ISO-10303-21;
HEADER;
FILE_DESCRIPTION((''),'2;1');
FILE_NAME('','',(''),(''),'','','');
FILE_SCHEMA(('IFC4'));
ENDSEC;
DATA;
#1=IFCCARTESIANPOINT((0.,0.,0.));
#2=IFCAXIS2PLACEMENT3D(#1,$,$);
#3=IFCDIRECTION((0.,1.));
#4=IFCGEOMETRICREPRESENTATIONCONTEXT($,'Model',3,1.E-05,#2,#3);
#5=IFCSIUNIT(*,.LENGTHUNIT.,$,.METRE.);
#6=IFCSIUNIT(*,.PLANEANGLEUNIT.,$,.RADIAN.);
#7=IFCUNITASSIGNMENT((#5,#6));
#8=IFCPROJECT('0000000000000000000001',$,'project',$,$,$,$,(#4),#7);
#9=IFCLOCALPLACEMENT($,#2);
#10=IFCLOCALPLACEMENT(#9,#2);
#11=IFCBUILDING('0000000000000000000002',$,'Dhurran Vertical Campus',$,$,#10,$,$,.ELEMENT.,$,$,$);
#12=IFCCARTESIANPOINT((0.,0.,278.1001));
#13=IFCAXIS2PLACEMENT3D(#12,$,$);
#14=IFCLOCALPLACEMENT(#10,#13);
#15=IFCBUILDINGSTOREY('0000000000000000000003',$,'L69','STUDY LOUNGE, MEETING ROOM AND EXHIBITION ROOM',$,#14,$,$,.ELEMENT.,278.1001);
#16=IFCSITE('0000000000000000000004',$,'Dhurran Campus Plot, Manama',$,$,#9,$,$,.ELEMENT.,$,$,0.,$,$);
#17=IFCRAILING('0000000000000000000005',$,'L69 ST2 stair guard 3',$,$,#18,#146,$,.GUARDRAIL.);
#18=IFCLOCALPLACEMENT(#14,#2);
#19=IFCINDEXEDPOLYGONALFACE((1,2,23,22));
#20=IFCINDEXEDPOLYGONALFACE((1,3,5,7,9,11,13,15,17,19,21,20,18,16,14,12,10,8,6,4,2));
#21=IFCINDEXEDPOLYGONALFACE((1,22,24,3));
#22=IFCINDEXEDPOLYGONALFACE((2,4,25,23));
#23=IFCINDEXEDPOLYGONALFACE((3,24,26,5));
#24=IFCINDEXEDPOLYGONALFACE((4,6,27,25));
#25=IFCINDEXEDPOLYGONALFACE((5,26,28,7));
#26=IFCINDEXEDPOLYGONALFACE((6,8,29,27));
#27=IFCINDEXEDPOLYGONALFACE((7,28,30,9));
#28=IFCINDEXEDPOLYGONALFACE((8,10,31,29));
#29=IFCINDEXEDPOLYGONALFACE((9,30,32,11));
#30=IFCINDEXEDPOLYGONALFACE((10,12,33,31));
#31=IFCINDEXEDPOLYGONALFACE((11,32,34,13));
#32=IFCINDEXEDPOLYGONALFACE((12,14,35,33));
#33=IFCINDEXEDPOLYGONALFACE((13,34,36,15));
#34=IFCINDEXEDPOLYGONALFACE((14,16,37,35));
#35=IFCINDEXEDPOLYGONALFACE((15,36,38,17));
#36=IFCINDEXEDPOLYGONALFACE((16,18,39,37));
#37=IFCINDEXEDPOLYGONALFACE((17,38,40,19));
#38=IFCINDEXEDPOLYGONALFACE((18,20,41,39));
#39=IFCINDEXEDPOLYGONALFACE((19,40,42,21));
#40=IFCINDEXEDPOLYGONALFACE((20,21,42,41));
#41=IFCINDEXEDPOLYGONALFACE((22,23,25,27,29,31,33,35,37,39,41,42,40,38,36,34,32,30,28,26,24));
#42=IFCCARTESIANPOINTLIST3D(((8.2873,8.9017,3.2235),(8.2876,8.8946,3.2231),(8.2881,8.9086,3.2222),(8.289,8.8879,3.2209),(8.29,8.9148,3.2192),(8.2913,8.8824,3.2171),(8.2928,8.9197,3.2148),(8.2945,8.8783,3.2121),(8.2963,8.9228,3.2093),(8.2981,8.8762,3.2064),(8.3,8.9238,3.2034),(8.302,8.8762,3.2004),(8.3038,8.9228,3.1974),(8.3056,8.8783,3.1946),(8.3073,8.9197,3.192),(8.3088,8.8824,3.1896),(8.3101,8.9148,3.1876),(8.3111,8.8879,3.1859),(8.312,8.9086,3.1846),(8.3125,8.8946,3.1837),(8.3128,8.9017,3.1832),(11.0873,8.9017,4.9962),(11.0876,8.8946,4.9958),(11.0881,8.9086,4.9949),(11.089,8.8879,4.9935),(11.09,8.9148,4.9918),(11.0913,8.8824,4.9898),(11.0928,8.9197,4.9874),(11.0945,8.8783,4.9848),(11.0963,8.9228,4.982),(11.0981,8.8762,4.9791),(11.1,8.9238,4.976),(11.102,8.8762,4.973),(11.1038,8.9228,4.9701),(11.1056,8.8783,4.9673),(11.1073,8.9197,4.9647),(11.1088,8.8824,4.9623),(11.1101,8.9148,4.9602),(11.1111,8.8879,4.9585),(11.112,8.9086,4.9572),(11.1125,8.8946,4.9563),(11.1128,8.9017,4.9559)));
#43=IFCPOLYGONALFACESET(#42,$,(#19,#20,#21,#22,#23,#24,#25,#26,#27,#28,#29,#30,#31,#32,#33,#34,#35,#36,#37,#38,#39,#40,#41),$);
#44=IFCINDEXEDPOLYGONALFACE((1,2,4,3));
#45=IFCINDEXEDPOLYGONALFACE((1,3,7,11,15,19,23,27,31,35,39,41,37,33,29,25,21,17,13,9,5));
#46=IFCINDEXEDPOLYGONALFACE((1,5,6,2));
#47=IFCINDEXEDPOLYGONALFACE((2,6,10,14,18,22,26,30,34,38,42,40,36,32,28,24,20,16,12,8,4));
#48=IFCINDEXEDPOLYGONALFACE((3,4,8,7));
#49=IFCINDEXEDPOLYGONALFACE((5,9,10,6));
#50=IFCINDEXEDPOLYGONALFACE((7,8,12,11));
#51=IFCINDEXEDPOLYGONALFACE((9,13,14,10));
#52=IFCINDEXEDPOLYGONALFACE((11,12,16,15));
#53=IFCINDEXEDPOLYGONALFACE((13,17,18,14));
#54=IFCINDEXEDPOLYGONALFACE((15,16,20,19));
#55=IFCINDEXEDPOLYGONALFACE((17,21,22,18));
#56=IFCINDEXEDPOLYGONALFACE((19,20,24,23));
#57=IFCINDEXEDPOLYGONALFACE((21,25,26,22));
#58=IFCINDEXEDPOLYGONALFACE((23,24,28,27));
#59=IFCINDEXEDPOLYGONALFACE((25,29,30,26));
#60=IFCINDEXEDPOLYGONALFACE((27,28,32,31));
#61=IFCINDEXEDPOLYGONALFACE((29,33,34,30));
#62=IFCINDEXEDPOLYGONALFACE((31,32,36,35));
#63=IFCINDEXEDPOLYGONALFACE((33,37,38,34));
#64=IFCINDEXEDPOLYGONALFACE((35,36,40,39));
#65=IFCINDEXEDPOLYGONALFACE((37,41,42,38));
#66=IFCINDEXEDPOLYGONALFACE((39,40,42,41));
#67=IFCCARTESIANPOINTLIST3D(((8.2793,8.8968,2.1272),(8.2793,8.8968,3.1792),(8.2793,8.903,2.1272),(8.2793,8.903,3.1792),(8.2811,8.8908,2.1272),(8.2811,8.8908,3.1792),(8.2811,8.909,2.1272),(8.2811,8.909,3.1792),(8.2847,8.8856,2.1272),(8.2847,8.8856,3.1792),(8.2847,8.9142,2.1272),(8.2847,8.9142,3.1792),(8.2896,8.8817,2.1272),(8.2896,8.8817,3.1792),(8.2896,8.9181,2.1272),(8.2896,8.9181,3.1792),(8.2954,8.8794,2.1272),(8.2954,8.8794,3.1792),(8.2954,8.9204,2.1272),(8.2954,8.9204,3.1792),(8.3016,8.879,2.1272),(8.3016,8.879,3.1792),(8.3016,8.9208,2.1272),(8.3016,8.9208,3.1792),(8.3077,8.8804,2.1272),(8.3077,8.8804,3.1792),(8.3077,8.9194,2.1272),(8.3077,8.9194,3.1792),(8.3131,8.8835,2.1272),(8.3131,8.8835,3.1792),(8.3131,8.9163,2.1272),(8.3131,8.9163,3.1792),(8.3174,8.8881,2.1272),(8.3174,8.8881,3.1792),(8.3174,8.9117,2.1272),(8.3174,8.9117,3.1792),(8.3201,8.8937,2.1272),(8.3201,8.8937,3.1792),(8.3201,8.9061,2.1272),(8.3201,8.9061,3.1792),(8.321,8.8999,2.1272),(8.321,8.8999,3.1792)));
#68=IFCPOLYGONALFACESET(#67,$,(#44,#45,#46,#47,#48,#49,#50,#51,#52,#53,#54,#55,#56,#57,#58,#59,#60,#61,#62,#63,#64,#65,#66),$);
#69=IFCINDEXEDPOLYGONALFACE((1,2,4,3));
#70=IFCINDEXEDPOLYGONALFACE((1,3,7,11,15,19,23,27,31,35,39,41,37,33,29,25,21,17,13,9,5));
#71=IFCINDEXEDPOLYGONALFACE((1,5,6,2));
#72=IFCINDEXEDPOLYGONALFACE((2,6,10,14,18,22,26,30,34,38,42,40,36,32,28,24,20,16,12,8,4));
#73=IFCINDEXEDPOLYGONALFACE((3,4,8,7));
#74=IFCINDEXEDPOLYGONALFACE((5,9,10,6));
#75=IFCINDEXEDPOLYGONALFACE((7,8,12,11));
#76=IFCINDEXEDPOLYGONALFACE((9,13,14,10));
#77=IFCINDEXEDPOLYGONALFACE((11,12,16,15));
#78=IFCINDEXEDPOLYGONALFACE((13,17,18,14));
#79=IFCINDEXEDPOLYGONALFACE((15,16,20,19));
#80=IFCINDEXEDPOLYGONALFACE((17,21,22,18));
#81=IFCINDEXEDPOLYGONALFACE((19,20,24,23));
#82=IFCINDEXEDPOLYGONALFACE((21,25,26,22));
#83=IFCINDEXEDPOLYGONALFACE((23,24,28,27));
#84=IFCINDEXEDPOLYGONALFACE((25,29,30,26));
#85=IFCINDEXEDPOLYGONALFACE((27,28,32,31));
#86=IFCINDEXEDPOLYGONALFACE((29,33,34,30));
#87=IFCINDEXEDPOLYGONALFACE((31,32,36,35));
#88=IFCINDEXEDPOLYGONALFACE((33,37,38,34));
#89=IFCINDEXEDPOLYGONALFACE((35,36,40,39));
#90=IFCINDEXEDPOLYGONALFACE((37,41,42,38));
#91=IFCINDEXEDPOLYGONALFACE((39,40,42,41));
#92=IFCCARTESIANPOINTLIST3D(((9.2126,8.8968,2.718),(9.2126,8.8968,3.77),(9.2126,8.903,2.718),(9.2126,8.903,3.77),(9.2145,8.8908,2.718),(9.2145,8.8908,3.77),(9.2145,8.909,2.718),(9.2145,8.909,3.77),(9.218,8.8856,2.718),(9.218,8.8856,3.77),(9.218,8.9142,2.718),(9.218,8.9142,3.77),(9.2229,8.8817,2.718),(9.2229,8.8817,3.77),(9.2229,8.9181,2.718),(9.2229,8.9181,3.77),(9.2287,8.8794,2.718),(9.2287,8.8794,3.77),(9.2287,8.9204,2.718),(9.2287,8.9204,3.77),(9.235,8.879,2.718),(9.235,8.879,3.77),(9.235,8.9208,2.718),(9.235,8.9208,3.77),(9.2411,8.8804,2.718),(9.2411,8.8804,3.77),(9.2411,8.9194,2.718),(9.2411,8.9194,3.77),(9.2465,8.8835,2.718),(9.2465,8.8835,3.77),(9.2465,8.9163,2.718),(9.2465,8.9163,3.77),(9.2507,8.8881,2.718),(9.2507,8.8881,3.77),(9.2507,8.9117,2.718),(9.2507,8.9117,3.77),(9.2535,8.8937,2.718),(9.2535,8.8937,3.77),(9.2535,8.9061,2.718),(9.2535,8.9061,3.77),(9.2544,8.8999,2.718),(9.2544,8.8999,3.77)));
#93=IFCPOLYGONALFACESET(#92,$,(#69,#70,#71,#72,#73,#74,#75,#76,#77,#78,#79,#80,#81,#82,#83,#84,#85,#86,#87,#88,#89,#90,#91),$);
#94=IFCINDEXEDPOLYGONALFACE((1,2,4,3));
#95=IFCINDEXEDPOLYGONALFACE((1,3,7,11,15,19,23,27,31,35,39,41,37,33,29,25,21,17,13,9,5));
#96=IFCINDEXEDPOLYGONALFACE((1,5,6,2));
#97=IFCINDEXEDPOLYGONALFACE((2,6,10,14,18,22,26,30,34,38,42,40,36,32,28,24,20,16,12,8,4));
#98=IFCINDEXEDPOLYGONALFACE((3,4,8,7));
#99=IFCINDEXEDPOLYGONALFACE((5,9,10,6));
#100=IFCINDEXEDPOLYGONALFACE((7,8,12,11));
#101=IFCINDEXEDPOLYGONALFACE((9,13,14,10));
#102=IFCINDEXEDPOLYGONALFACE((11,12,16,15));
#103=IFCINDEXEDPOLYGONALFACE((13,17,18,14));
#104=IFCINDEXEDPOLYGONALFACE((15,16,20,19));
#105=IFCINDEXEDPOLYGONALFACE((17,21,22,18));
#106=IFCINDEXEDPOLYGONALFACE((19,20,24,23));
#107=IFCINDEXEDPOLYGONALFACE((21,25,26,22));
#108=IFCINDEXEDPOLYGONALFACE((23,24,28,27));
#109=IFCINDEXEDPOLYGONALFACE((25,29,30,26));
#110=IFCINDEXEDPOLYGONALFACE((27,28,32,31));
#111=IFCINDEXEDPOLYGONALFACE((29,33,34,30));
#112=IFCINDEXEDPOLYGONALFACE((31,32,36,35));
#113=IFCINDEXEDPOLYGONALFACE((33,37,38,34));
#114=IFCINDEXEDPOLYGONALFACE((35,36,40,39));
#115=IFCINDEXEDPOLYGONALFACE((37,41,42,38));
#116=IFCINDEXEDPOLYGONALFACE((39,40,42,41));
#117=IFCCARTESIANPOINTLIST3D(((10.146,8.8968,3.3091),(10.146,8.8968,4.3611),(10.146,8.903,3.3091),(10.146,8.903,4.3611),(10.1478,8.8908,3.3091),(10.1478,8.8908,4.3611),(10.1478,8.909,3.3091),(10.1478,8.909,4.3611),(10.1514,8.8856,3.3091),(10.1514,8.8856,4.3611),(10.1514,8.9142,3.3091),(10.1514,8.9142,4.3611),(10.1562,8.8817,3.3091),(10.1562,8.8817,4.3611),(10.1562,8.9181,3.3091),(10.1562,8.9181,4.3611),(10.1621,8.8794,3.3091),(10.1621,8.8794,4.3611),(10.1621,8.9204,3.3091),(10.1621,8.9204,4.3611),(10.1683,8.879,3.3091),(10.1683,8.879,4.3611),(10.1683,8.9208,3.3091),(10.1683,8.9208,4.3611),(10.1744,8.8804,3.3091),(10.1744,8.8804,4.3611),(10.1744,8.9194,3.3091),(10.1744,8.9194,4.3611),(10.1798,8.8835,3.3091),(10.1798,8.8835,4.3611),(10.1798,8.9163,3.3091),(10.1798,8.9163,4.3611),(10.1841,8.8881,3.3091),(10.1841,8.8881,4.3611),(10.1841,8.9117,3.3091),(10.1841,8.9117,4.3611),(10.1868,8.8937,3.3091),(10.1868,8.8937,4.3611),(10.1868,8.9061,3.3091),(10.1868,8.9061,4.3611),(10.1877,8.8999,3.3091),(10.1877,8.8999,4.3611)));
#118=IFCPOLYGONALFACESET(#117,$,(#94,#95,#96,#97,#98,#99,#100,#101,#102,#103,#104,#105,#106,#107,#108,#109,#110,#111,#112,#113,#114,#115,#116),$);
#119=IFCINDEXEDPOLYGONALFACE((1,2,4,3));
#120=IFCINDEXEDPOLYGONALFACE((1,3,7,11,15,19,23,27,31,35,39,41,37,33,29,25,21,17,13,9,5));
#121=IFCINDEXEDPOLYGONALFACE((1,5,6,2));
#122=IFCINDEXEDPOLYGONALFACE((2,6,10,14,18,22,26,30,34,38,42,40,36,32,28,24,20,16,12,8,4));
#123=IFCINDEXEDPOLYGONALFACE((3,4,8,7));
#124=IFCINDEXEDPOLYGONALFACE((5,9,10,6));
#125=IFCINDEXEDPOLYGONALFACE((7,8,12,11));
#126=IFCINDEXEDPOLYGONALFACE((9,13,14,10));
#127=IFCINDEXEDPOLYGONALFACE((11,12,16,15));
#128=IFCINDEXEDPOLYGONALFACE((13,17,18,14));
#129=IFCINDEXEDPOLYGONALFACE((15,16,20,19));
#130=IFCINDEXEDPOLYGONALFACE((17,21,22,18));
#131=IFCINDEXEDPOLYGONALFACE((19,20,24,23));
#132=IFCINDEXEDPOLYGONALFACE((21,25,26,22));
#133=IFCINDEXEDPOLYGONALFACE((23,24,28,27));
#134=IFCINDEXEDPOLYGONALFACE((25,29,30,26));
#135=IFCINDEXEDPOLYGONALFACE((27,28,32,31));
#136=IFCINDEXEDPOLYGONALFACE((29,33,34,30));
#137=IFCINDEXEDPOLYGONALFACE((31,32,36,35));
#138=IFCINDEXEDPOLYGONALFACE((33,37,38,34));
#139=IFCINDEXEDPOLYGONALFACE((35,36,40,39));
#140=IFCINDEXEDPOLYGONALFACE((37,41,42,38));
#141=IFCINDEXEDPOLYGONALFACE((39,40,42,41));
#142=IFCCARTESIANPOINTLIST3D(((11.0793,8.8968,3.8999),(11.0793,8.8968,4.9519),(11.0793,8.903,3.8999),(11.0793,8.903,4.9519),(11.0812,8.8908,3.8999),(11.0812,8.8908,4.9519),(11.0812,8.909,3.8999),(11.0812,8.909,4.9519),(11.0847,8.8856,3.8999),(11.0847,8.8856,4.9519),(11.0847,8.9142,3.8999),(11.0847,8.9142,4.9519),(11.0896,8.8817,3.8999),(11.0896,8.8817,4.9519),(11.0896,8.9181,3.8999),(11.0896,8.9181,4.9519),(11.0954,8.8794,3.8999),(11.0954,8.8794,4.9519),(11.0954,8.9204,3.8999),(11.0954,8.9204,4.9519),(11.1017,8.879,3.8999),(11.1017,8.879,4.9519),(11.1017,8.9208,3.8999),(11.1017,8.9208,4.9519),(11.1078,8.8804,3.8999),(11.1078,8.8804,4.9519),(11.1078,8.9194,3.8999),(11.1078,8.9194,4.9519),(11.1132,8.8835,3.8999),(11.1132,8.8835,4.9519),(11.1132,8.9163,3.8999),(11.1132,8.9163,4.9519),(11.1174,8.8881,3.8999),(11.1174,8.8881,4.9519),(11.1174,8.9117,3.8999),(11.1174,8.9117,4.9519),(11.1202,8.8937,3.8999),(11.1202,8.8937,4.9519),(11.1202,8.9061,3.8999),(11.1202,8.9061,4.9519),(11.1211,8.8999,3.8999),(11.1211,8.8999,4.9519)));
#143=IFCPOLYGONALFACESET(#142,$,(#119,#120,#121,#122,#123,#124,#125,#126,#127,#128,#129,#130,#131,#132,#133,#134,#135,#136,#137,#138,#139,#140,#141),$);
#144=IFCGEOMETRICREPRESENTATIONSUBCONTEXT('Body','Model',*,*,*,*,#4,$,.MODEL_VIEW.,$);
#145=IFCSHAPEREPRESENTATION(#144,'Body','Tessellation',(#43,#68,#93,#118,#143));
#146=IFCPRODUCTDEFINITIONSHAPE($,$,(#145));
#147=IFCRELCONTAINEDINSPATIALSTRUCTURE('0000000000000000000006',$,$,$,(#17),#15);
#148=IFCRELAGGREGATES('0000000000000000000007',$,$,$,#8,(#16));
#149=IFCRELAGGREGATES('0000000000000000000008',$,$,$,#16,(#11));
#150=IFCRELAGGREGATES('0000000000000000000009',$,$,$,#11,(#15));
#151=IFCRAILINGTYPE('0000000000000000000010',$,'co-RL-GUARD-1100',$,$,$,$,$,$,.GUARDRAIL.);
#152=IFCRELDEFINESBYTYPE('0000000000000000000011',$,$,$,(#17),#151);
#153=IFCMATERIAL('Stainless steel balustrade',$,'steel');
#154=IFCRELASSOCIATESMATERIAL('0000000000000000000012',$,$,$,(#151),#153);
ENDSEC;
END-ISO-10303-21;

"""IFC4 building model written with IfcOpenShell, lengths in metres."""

from ifc_helpers import new_model, si_unit, direction, frame, origin, origin_2d, place, context, subcontext, project, spatial, circle, extrude, material, type_object, element, save


model = new_model("IFC4")

# Units and contexts
model_context = context("Model", 3, precision=1e-05, world=origin(), true_north=direction((0.0, 1.0)))
body_context = subcontext(model_context, "Body", "Model", "MODEL_VIEW")
ifc_project = project(units=[si_unit("LENGTHUNIT", "METRE"), si_unit("PLANEANGLEUNIT", "RADIAN")], contexts=[model_context])

# Site, building, storey
site_placement = place(None, origin())
site = spatial("IfcSite", under=ifc_project, at=site_placement, Name="Dhurran Campus Plot, Manama", CompositionType="ELEMENT", RefElevation=0.0)
building_placement = place(site_placement, origin())
building = spatial("IfcBuilding", under=site, at=building_placement, Name="Dhurran Vertical Campus", CompositionType="ELEMENT")
storey_placement = place(building_placement, frame((0.0, 0.0, 278.1001)))
storey = spatial("IfcBuildingStorey", under=building, at=storey_placement, Name="L69", Description="STUDY LOUNGE, MEETING ROOM AND EXHIBITION ROOM", CompositionType="ELEMENT", Elevation=278.1001)

# Railing
ifc_material_1 = material(Name="Stainless steel balustrade", Category="steel")
railing_type_1 = type_object("IfcRailingType", Name="co-RL-GUARD-1100", PredefinedType="GUARDRAIL", material=ifc_material_1)
railing_1_placement = place(storey_placement, frame((8.3, 8.8999, 2.1272)))
element("IfcRailing", 1, at=railing_1_placement, inside=storey, type_object=railing_type_1, Name="L69 ST2 stair guard 3", PredefinedType="GUARDRAIL", context=body_context, shape_type="SweptSolid", body=[
    extrude(circle(Radius=0.0239, at=origin_2d()), frame((0.0, 0.0, 1.0762), z_axis=(0.844909, 0.0, 0.53491), x_axis=(0.0, 1.0, 0.0)), (0.0, 0.0, 1.0), 3.314),
    extrude(circle(Radius=0.021, at=origin_2d()), origin(), (0.0, 0.0, 1.0), 1.052),
    extrude(circle(Radius=0.021, at=origin_2d()), frame((0.9333, 0.0, 0.5908)), (0.0, 0.0, 1.0), 1.052),
    extrude(circle(Radius=0.021, at=origin_2d()), frame((1.8667, 0.0, 1.1819)), (0.0, 0.0, 1.0), 1.052),
    extrude(circle(Radius=0.021, at=origin_2d()), frame((2.8, 0.0, 1.7727)), (0.0, 0.0, 1.0), 1.052),
])

save(model, "model.ifc")
